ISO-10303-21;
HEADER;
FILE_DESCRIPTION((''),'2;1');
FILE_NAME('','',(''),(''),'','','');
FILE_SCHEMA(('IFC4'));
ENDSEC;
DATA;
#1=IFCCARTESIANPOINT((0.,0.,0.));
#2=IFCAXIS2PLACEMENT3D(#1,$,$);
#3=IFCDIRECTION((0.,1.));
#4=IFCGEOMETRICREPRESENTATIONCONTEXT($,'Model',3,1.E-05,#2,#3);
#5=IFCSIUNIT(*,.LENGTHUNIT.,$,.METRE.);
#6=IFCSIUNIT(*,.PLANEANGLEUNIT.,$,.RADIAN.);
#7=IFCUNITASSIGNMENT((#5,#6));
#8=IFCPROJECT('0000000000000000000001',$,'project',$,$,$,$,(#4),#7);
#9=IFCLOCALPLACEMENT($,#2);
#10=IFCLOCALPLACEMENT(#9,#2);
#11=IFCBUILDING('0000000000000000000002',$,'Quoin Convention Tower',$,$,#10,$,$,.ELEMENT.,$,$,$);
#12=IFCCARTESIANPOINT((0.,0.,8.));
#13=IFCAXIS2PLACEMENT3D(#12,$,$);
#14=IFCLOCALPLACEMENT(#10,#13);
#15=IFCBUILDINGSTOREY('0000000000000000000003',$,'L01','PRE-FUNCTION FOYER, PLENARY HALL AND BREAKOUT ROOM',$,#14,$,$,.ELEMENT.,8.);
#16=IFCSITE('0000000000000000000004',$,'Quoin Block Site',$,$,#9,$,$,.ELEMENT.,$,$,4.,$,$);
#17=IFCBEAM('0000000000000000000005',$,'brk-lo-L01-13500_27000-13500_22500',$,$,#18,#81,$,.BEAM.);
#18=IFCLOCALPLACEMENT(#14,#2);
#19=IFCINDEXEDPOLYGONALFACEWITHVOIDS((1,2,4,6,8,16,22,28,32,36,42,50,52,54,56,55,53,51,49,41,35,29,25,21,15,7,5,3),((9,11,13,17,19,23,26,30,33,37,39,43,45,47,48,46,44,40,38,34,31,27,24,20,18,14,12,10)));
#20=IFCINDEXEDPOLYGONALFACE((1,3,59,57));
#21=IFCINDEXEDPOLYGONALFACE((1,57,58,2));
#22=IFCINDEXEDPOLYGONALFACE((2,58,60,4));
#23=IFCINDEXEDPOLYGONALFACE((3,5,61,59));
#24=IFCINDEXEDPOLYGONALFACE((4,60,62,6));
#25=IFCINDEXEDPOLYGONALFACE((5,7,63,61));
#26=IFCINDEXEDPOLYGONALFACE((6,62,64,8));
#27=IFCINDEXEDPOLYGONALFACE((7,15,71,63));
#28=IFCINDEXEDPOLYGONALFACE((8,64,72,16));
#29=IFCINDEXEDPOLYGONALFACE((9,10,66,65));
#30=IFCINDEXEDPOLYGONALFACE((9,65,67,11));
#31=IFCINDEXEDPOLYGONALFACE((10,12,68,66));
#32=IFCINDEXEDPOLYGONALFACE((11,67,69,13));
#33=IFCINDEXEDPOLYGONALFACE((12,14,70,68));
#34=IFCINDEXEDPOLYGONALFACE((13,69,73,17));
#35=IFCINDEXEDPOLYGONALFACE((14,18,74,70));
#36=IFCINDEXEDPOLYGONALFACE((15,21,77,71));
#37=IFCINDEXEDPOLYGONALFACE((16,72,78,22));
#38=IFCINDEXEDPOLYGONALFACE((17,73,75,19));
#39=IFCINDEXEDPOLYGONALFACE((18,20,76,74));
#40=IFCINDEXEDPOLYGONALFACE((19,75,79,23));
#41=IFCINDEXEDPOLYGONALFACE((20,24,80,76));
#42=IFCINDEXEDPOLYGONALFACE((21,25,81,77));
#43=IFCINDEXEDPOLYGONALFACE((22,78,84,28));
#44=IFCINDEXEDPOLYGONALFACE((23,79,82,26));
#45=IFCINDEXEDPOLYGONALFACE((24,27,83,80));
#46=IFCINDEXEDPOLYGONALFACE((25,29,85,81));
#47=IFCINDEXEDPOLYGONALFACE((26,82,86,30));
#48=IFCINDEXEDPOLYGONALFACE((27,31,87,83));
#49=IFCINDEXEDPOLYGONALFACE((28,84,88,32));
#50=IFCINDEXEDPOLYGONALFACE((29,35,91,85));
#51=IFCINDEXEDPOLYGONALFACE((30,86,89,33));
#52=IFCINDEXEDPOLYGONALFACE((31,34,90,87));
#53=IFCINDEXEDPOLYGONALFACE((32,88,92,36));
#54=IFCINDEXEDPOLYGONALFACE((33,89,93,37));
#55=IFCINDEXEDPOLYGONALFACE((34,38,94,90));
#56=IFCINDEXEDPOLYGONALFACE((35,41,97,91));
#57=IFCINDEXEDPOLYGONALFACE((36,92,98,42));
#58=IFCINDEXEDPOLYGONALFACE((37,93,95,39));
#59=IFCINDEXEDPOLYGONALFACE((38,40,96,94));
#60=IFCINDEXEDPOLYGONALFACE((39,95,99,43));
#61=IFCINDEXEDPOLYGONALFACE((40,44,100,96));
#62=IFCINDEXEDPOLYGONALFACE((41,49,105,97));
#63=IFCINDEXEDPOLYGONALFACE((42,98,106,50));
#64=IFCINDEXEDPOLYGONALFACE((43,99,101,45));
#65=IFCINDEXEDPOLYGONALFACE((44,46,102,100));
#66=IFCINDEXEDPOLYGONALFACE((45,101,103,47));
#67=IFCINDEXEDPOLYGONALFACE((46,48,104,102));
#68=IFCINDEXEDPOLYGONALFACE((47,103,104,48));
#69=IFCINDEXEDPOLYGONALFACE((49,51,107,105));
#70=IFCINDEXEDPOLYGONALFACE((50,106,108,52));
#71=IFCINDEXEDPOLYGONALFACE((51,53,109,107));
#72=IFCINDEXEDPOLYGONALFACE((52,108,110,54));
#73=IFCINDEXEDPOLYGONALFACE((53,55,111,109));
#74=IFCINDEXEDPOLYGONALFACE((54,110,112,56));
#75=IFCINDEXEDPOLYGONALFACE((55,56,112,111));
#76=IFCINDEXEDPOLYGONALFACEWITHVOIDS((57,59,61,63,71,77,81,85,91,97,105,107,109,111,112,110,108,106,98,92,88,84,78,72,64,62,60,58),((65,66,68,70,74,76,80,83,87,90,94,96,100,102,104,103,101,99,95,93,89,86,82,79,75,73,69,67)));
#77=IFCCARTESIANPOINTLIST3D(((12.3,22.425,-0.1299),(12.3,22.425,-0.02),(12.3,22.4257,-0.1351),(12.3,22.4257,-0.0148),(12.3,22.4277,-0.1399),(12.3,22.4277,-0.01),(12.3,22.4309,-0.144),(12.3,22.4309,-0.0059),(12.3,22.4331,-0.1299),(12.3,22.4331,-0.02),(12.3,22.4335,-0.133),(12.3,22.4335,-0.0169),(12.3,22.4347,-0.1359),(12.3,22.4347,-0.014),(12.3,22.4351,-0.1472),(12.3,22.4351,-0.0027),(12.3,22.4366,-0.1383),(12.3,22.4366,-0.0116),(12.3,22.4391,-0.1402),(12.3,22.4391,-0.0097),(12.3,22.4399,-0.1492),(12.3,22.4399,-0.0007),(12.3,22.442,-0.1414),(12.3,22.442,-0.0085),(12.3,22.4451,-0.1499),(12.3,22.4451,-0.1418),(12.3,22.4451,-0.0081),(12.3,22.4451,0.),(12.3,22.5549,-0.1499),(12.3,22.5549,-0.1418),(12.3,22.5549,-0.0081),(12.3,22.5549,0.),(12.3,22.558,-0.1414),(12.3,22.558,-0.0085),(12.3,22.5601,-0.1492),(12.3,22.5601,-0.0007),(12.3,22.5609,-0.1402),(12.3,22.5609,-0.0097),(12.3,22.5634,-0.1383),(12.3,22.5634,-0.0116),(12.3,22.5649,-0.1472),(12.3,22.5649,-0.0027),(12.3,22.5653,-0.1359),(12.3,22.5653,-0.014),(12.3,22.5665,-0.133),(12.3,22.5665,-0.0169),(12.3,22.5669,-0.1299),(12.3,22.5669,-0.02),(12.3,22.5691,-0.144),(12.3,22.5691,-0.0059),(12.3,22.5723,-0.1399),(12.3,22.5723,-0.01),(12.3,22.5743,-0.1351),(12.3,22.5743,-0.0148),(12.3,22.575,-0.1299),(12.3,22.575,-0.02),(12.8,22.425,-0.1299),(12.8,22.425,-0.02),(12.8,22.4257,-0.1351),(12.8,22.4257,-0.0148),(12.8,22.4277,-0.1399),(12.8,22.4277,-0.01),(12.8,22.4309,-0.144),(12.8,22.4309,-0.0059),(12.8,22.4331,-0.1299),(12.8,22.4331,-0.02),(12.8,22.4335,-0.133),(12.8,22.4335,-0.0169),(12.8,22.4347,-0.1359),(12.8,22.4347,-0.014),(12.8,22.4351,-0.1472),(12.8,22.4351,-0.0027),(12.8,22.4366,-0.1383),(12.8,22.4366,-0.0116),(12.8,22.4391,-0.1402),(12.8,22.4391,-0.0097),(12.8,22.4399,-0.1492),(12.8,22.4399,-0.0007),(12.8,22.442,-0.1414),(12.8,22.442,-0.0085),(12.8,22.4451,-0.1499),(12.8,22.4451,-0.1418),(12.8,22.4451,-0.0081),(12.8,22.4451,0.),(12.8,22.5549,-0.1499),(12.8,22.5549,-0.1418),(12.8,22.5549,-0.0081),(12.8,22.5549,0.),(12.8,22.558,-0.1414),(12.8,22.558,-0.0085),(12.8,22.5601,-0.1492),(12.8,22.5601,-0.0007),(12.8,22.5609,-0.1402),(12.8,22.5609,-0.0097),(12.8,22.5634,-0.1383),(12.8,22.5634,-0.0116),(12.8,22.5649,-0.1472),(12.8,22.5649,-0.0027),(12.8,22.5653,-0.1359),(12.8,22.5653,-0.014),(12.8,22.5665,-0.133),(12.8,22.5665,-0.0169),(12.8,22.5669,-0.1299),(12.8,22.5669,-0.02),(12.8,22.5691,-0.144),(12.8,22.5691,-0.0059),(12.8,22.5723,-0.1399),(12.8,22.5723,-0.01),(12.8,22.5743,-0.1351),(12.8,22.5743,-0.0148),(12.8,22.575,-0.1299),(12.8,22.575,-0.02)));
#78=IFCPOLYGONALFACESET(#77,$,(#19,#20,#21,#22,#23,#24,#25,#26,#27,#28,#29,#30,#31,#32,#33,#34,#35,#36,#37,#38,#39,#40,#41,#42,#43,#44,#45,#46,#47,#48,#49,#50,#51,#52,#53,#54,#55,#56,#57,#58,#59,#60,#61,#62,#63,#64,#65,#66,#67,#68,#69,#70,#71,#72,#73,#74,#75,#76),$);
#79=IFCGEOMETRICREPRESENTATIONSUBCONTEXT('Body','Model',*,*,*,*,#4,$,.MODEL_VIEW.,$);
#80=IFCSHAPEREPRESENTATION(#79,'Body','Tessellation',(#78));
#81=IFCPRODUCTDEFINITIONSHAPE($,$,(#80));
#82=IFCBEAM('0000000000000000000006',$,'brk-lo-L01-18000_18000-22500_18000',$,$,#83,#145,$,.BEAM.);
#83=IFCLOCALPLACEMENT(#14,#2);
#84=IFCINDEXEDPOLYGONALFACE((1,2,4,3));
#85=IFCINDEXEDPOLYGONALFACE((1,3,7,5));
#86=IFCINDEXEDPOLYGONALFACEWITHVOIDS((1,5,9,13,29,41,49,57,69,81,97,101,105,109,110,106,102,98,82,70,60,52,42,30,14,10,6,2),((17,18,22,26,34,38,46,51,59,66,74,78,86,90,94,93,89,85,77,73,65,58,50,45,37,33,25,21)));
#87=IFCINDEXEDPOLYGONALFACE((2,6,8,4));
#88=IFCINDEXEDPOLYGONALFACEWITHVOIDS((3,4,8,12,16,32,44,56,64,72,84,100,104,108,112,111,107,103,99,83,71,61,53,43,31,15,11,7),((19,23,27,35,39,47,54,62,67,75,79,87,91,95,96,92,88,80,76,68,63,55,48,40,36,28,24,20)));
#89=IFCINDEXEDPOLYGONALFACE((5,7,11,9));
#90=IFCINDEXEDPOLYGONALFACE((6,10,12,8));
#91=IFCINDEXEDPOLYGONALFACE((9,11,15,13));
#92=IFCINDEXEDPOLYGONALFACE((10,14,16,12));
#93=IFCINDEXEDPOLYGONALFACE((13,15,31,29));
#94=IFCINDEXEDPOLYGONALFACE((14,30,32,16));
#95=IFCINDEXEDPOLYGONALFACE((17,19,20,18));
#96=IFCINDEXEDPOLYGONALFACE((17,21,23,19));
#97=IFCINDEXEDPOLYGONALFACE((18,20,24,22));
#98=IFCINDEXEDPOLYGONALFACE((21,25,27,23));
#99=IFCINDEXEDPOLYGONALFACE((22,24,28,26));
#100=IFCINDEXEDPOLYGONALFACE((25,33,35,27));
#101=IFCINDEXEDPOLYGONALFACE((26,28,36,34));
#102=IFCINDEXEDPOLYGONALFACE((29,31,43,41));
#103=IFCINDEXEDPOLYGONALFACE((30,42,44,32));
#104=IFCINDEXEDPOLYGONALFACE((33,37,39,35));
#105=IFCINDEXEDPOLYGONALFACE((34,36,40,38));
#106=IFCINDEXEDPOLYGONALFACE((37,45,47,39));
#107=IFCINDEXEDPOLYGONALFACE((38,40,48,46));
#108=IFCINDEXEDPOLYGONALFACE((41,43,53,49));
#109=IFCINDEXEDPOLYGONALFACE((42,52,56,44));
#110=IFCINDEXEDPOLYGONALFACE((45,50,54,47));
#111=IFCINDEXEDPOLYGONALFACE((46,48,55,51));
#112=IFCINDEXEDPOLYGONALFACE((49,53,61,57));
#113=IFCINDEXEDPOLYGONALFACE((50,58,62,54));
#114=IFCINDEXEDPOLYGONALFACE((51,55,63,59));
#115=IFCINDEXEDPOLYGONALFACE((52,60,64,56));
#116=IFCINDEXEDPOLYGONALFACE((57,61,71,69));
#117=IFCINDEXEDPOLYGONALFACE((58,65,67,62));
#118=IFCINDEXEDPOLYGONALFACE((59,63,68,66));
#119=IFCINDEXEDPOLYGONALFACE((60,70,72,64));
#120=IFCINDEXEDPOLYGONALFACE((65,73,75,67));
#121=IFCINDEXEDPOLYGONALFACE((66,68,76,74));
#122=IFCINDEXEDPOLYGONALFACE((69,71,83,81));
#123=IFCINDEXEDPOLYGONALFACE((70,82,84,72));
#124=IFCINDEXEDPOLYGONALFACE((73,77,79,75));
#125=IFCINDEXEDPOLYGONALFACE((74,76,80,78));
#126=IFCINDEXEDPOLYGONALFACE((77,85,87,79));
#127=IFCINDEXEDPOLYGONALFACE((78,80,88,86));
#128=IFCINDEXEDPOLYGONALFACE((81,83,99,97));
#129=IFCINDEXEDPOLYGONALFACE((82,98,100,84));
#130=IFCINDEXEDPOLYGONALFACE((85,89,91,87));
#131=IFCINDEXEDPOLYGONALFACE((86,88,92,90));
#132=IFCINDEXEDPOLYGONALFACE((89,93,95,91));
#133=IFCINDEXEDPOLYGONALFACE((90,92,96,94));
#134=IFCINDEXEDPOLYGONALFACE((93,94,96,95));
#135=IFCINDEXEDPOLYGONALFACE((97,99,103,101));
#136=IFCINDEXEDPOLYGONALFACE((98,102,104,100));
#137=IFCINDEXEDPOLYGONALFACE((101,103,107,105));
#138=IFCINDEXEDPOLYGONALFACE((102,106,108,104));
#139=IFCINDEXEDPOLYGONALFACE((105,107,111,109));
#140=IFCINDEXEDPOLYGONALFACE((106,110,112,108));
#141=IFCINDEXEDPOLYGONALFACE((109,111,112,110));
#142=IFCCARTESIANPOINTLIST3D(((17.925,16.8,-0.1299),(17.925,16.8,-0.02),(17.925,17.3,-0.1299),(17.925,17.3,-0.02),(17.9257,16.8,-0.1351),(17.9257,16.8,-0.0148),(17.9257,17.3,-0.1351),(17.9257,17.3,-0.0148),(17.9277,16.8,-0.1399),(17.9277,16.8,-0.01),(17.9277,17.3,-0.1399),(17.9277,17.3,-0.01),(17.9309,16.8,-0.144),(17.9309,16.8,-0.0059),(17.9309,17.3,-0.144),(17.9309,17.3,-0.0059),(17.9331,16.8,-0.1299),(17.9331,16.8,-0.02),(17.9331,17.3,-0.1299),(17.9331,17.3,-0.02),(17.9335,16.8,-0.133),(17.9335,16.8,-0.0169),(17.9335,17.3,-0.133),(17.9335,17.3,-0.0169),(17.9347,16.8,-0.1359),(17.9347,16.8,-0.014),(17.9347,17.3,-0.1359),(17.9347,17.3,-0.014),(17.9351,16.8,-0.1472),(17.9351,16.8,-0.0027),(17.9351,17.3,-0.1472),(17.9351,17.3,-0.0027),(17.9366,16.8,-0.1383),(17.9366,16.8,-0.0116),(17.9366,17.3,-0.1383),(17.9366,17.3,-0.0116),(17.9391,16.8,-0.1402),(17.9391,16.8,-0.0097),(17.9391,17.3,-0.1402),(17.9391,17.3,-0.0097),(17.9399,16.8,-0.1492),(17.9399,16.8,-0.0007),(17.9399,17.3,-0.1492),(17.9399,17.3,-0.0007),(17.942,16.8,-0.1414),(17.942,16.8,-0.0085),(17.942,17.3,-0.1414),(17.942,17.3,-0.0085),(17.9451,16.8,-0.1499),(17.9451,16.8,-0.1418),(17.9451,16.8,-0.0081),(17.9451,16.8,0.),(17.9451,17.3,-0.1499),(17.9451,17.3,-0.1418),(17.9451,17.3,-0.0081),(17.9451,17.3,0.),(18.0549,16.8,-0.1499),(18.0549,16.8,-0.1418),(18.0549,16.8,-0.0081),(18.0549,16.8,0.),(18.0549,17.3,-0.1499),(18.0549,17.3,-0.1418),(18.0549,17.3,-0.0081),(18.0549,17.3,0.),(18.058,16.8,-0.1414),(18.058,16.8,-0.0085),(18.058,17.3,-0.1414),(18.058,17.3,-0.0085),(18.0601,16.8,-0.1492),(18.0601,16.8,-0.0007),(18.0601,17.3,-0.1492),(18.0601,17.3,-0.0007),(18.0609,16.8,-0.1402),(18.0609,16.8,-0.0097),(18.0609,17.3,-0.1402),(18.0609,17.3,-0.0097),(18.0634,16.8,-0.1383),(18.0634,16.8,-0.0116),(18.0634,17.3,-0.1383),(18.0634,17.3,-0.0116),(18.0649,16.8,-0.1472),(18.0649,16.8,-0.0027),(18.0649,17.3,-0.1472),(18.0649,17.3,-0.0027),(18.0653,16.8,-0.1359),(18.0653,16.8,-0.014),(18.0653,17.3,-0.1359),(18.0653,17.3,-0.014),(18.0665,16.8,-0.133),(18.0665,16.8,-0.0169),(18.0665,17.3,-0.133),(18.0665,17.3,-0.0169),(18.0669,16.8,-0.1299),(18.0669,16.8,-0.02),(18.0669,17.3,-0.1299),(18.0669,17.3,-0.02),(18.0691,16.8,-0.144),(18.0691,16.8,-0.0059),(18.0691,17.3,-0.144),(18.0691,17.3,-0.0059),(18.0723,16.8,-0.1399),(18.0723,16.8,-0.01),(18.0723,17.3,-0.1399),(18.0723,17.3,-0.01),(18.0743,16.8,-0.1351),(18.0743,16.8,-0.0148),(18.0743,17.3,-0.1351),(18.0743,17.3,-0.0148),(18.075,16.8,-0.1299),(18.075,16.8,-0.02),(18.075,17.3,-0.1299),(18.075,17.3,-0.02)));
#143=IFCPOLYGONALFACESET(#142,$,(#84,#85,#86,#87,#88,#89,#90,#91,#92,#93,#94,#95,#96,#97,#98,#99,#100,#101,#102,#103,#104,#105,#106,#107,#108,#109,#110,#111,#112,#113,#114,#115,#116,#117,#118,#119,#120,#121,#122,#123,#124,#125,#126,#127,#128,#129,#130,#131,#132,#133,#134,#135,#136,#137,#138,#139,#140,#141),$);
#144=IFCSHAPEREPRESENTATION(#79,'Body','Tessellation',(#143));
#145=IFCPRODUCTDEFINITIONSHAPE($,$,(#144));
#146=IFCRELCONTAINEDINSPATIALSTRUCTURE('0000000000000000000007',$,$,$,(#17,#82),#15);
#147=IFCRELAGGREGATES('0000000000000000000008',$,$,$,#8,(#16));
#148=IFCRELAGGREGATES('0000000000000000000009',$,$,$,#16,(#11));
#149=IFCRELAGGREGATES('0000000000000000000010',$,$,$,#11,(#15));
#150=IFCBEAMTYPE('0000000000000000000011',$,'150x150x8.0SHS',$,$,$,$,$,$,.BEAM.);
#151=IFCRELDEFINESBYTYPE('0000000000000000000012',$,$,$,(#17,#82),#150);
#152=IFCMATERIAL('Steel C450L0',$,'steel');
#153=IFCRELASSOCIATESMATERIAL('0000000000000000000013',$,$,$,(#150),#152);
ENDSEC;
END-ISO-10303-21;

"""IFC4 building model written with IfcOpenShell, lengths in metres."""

from ifc_helpers import new_model, si_unit, direction, frame, origin, origin_2d, place, context, subcontext, project, spatial, hollow_rectangle, extrude, material, material_profile, profile_set, type_object, element, save


model = new_model("IFC4")

# Units and contexts
model_context = context("Model", 3, precision=1e-05, world=origin(), true_north=direction((0.0, 1.0)))
body_context = subcontext(model_context, "Body", "Model", "MODEL_VIEW")
ifc_project = project(units=[si_unit("LENGTHUNIT", "METRE"), si_unit("PLANEANGLEUNIT", "RADIAN")], contexts=[model_context])

# Site, building, storey
site_placement = place(None, origin())
site = spatial("IfcSite", under=ifc_project, at=site_placement, Name="Quoin Block Site", CompositionType="ELEMENT", RefElevation=4.0)
building_placement = place(site_placement, origin())
building = spatial("IfcBuilding", under=site, at=building_placement, Name="Quoin Convention Tower", CompositionType="ELEMENT")
storey_placement = place(building_placement, frame((0.0, 0.0, 8.0)))
storey = spatial("IfcBuildingStorey", under=building, at=storey_placement, Name="L01", Description="PRE-FUNCTION FOYER, PLENARY HALL AND BREAKOUT ROOM", CompositionType="ELEMENT", Elevation=8.0)

# Beams
ifc_material_1 = material(Name="Steel C450L0", Category="steel")
ifc_material_profile_1 = material_profile(ifc_material_1, hollow_rectangle(XDim=0.1499, YDim=0.1499, WallThickness=0.0081, InnerFilletRadius=0.012, OuterFilletRadius=0.02, at=origin_2d()), Name="150x150x8.0SHS")
ifc_profile_set_1 = profile_set([ifc_material_profile_1], Name="Steel C450L0")
beam_type_1 = type_object("IfcBeamType", Name="150x150x8.0SHS", PredefinedType="BEAM", material=ifc_profile_set_1)
for number, where, z_axis, x_axis, name in (
    (1, (12.8, 22.5, -0.075), (-1.0, 0.0, 0.0), (0.0, -1.0, 0.0), "brk-lo-L01-13500_27000-13500_22500"),
    (2, (18.0, 17.3, -0.075), (0.0, -1.0, 0.0), (1.0, 0.0, 0.0), "brk-lo-L01-18000_18000-22500_18000"),
):
    element("IfcBeam", number, at=place(storey_placement, frame(where, z_axis=z_axis, x_axis=x_axis)), inside=storey, type_object=beam_type_1, Name=name, PredefinedType="BEAM", context=body_context, shape_type="SweptSolid", body=[
        extrude(hollow_rectangle(XDim=0.1499, YDim=0.1499, WallThickness=0.0081, InnerFilletRadius=0.012, OuterFilletRadius=0.02, at=origin_2d()), origin(), (0.0, 0.0, 1.0), 0.5),
    ])

save(model, "model.ifc")
